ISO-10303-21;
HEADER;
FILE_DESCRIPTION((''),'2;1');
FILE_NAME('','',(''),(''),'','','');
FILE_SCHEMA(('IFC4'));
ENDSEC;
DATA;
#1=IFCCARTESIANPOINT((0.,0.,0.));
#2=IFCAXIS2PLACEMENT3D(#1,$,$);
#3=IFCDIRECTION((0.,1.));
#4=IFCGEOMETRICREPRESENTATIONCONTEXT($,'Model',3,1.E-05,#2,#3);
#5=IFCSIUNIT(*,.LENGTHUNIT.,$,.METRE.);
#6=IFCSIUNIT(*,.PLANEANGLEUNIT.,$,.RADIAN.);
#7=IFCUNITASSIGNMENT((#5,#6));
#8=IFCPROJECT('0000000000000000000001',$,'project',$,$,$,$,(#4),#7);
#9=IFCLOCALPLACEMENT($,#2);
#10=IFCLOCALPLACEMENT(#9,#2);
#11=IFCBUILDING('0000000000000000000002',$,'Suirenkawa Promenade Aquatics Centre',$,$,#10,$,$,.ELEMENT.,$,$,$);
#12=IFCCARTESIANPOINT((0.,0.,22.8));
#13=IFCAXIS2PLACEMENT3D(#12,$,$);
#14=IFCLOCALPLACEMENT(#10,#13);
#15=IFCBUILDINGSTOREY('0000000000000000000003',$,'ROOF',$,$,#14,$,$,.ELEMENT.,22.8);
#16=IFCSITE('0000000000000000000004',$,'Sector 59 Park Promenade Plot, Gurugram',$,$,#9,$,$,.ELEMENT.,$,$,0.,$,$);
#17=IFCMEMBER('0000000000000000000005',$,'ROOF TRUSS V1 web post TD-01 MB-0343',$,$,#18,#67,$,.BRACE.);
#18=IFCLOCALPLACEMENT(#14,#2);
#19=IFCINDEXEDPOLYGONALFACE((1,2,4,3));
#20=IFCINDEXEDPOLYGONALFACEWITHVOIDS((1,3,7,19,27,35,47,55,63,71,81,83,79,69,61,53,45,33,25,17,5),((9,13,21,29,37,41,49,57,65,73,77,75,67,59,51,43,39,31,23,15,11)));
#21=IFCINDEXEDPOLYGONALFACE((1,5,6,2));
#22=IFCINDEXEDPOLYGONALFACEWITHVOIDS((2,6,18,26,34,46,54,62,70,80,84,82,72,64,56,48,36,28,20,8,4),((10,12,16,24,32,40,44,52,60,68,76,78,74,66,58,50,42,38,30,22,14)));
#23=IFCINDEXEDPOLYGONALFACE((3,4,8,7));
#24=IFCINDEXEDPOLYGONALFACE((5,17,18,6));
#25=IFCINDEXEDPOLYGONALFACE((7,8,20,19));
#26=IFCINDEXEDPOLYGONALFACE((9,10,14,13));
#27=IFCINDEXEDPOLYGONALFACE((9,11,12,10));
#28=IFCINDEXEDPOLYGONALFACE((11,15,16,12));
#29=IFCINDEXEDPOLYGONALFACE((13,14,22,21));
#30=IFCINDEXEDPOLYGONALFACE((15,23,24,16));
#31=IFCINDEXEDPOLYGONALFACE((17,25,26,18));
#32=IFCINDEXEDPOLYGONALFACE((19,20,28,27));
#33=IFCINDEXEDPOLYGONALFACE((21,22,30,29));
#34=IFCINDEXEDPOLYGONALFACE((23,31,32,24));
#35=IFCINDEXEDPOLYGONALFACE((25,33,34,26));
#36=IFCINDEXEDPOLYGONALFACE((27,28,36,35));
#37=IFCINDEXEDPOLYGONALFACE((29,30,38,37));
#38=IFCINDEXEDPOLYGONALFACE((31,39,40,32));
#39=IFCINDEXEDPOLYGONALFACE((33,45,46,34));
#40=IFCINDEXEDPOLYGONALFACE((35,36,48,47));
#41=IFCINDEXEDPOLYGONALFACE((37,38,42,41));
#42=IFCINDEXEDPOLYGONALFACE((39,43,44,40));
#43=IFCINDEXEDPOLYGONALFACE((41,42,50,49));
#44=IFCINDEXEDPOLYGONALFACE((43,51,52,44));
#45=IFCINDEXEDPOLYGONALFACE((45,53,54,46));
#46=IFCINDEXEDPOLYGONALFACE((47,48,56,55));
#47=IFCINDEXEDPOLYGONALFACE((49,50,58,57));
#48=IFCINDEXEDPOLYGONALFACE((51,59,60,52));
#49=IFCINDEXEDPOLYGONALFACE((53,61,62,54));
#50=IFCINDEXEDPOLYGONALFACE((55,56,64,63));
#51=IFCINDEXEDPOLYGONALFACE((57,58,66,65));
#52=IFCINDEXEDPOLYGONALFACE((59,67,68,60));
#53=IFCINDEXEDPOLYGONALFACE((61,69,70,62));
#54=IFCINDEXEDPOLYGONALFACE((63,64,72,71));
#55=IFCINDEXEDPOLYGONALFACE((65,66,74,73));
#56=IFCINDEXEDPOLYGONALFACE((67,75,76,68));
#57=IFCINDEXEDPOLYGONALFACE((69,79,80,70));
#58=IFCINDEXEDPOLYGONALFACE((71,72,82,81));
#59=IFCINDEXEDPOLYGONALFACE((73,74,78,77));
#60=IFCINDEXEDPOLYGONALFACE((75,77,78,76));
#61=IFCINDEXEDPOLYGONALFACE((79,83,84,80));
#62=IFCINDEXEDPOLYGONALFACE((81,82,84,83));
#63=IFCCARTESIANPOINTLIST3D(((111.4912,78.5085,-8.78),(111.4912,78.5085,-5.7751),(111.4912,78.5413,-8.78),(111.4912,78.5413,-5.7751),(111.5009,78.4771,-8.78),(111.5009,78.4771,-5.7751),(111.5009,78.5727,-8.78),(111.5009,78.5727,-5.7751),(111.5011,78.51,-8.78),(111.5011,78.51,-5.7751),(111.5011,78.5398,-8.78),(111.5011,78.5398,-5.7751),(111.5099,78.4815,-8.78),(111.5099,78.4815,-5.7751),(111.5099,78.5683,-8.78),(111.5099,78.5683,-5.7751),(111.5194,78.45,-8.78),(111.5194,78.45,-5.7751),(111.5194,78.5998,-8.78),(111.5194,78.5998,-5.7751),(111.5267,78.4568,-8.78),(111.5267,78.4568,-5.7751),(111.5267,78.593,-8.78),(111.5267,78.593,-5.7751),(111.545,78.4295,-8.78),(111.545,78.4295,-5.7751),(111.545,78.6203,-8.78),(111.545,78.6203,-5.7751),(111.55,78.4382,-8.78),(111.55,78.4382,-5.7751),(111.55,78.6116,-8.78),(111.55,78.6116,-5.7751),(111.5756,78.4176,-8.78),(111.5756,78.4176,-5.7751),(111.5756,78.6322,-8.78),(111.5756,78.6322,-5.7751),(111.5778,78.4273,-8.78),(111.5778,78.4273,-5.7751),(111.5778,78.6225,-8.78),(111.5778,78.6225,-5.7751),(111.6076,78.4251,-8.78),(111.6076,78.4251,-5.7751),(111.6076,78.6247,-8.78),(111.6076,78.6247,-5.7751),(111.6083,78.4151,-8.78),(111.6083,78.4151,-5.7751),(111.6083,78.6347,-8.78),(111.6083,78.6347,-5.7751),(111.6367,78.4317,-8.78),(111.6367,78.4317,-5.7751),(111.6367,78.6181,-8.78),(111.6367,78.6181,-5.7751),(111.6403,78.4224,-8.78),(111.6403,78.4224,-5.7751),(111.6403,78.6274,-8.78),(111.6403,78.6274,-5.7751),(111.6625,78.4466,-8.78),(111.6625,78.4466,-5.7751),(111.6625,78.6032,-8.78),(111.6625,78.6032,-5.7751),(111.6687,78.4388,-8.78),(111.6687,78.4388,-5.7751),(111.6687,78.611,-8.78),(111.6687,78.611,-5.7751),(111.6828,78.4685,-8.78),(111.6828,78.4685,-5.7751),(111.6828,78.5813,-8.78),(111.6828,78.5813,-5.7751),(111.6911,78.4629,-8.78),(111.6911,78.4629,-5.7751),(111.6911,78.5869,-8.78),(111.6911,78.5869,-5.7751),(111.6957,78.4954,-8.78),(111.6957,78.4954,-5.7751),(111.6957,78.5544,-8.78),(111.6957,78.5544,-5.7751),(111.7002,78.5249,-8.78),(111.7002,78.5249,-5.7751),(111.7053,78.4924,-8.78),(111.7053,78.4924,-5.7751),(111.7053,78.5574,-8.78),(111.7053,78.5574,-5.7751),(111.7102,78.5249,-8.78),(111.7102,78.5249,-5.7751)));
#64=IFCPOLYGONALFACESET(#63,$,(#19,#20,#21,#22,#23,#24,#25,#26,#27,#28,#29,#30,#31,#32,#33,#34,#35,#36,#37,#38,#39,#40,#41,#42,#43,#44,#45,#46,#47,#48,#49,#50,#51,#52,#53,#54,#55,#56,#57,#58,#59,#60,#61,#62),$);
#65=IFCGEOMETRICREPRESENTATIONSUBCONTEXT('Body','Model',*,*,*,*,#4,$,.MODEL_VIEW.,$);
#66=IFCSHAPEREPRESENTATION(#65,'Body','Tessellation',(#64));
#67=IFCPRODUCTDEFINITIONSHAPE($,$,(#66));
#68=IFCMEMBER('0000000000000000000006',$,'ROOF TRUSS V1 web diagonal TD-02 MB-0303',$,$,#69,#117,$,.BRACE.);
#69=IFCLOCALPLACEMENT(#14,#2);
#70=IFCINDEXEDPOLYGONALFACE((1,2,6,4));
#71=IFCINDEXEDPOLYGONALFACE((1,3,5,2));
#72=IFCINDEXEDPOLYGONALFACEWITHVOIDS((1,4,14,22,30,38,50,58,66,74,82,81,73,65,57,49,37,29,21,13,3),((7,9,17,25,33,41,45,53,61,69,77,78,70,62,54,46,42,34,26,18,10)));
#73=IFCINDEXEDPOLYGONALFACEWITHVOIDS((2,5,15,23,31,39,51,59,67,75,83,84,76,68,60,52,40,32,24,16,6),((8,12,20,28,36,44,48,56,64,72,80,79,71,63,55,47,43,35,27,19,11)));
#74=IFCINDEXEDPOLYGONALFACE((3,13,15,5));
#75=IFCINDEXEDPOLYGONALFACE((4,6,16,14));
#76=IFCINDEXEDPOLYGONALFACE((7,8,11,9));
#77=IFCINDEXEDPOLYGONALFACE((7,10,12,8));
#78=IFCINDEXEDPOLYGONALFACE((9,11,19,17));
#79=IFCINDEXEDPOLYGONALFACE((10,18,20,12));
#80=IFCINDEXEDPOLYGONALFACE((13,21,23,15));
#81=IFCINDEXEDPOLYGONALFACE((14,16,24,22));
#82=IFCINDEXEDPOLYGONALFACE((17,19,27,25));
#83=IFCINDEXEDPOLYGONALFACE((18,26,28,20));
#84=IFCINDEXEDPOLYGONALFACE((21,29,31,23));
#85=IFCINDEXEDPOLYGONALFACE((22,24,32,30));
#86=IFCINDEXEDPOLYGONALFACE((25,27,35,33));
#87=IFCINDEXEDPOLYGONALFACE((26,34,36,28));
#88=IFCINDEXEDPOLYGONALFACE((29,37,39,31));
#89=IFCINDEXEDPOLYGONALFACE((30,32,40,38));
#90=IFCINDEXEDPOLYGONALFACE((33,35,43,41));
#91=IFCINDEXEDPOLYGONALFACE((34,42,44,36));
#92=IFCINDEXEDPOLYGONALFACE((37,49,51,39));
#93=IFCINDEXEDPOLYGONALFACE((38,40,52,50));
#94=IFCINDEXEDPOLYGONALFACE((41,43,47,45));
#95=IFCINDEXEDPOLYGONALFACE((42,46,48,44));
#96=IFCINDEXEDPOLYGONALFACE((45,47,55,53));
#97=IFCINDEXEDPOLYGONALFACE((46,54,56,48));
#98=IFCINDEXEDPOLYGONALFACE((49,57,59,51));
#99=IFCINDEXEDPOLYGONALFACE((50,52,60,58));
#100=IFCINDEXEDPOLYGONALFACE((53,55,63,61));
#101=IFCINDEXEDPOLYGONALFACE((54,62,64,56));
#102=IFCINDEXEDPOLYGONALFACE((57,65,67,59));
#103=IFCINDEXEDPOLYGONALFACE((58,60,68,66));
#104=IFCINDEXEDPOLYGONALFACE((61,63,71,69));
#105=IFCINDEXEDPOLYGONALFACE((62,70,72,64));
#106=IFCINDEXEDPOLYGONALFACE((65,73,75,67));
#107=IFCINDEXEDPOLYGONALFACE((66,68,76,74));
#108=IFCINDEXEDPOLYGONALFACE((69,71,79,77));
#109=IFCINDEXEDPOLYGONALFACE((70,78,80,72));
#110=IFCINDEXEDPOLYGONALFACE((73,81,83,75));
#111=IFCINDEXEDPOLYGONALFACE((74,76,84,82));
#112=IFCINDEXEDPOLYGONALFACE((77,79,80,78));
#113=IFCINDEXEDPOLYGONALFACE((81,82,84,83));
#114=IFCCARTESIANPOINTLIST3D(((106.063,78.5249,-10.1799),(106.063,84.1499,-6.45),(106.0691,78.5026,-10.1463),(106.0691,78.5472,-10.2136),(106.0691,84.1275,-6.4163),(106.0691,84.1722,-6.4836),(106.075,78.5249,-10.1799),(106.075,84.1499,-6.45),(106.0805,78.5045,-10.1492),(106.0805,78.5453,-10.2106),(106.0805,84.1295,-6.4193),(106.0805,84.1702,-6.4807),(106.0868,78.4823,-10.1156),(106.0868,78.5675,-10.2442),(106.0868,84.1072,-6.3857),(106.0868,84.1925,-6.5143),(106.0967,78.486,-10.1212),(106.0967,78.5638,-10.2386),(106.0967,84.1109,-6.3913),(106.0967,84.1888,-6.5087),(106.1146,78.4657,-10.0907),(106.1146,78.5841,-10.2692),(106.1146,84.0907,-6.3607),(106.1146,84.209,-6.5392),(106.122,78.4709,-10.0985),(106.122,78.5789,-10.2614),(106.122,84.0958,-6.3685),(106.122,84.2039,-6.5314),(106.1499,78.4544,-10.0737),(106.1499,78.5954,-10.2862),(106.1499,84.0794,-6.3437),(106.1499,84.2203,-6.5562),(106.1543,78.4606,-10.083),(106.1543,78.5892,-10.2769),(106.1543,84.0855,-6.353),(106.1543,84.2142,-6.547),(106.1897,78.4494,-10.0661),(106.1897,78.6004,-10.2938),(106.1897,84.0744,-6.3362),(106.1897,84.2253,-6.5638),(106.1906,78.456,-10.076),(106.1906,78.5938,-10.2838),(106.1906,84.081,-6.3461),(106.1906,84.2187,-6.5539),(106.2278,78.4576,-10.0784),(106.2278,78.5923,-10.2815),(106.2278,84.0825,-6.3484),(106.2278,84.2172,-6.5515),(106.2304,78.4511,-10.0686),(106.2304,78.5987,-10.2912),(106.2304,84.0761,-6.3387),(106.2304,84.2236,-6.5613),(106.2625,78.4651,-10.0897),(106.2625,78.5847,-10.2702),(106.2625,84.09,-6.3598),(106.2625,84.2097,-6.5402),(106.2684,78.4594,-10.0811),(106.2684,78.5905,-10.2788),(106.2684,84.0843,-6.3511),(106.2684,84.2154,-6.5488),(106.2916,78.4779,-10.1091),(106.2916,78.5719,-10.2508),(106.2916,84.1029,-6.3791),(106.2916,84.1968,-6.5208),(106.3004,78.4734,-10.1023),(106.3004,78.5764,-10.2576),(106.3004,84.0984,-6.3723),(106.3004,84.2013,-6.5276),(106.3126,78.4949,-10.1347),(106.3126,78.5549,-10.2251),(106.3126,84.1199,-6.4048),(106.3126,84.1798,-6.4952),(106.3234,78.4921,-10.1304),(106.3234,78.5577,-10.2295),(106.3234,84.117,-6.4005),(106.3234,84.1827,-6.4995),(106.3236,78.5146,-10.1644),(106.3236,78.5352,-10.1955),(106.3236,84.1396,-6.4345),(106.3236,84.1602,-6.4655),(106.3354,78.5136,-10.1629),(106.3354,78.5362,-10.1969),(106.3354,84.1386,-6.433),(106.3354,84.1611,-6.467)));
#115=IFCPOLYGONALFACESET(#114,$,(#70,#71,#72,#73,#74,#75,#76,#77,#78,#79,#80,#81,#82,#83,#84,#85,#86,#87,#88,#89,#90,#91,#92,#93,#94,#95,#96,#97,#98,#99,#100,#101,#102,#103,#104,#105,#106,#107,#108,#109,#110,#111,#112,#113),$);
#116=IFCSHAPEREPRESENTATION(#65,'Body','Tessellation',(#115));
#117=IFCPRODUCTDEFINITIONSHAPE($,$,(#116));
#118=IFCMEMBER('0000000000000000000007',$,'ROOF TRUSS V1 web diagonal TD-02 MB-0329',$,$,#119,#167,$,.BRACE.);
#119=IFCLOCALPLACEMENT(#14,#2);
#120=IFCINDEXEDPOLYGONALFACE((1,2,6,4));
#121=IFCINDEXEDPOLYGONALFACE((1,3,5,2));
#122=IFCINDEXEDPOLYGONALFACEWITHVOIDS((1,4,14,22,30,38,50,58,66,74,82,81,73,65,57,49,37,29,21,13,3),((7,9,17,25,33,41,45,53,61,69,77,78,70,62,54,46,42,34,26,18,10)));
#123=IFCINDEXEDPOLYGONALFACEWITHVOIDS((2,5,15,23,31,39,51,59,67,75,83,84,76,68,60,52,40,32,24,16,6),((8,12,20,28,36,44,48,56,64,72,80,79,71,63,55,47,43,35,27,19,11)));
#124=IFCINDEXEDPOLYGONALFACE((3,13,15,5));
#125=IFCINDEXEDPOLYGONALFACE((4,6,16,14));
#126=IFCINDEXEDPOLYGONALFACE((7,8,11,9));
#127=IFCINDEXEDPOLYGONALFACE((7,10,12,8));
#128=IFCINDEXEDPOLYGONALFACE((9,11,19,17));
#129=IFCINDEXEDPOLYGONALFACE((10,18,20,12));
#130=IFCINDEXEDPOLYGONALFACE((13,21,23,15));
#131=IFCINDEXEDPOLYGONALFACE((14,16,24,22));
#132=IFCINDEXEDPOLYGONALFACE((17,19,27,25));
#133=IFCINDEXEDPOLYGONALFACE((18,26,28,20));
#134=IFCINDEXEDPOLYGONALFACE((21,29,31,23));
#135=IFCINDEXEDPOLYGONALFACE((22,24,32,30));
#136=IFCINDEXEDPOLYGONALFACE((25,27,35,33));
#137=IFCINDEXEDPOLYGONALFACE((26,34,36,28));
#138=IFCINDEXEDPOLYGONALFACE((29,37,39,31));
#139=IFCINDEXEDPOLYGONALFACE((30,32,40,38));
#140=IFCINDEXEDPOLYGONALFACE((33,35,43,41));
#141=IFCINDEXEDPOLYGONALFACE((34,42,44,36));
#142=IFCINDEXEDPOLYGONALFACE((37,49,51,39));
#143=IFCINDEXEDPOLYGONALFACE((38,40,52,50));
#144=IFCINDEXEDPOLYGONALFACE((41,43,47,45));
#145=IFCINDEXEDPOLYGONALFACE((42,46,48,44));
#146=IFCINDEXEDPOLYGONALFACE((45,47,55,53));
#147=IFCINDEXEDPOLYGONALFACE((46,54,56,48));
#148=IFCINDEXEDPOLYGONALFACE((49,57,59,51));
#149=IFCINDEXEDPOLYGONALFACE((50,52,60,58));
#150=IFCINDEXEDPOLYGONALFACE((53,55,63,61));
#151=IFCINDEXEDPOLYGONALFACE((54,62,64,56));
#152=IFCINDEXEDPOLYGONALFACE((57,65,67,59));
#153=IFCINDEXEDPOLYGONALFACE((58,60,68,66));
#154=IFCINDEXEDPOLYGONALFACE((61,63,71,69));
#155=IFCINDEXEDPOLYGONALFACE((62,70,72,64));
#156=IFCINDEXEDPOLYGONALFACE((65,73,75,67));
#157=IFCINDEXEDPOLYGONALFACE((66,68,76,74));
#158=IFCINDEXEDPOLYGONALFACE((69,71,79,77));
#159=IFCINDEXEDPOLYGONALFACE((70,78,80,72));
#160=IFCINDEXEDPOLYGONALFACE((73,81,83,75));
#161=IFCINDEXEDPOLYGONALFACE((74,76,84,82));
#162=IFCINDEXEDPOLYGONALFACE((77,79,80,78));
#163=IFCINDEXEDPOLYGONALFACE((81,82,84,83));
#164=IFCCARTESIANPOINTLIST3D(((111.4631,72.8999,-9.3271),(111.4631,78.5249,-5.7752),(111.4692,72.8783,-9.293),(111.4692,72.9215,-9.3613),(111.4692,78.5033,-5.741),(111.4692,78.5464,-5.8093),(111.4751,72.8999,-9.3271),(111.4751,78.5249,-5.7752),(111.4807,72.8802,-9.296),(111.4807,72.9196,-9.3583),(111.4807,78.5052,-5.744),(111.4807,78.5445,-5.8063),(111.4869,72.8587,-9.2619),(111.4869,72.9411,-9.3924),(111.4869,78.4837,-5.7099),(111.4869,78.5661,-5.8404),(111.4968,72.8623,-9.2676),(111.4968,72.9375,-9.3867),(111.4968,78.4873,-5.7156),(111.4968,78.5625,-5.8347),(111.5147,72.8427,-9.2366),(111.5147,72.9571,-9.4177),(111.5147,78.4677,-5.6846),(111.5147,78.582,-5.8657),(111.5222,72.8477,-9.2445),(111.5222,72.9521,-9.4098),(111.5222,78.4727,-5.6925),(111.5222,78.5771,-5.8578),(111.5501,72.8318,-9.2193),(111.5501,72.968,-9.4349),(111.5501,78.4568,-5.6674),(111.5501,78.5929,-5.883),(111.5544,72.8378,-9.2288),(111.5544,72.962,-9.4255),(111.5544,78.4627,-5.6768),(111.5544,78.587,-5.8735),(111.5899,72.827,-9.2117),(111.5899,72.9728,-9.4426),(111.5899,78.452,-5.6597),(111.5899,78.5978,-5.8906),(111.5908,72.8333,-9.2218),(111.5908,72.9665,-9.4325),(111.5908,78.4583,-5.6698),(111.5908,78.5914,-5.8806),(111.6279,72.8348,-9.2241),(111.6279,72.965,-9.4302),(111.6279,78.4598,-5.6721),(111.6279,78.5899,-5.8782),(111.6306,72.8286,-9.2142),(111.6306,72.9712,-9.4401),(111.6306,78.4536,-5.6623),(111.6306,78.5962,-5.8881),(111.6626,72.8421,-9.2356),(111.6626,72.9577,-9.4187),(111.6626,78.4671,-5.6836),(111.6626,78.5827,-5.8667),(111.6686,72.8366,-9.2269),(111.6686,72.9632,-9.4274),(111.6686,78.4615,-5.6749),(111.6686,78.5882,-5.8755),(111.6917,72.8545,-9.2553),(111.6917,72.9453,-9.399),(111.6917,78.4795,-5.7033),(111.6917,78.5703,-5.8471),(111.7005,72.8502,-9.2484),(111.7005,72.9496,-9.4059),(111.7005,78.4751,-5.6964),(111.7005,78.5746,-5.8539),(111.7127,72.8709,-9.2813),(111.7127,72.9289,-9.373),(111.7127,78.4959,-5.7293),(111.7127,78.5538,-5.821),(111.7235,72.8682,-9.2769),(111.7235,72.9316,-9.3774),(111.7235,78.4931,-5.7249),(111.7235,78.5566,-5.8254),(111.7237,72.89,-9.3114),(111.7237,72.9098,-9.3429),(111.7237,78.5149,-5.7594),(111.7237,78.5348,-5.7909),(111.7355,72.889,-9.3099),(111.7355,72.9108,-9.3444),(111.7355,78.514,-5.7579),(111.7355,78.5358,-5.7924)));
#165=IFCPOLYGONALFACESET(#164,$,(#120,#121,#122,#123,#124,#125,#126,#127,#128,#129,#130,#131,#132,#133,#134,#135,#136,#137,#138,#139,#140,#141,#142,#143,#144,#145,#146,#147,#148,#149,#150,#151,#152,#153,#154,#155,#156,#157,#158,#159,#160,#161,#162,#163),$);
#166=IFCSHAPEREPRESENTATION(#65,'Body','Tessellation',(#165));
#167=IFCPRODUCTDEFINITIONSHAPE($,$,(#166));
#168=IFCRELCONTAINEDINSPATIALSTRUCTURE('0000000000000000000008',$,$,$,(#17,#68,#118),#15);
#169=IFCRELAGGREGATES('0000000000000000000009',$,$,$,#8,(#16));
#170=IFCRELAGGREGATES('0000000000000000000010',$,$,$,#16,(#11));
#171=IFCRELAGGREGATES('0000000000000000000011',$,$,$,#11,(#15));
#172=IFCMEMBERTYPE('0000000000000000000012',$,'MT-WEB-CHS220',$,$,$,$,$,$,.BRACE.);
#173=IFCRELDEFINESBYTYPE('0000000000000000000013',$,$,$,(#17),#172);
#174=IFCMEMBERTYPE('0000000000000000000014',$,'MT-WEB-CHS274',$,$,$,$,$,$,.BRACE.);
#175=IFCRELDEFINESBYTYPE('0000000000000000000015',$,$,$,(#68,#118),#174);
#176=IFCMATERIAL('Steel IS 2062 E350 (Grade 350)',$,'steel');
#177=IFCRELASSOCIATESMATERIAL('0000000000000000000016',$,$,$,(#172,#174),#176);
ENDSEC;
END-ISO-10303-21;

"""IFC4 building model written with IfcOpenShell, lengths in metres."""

from ifc_helpers import new_model, si_unit, direction, frame, origin, origin_2d, place, context, subcontext, project, spatial, hollow_circle, extrude, material, material_profile, profile_set, type_object, element, save


model = new_model("IFC4")

# Units and contexts
model_context = context("Model", 3, precision=1e-05, world=origin(), true_north=direction((0.0, 1.0)))
body_context = subcontext(model_context, "Body", "Model", "MODEL_VIEW")
ifc_project = project(units=[si_unit("LENGTHUNIT", "METRE"), si_unit("PLANEANGLEUNIT", "RADIAN")], contexts=[model_context])

# Site, building, storey
site_placement = place(None, origin())
site = spatial("IfcSite", under=ifc_project, at=site_placement, Name="Sector 59 Park Promenade Plot, Gurugram", CompositionType="ELEMENT", RefElevation=0.0)
building_placement = place(site_placement, origin())
building = spatial("IfcBuilding", under=site, at=building_placement, Name="Suirenkawa Promenade Aquatics Centre", CompositionType="ELEMENT")
storey_placement = place(building_placement, frame((0.0, 0.0, 22.8)))
storey = spatial("IfcBuildingStorey", under=building, at=storey_placement, Name="ROOF", CompositionType="ELEMENT", Elevation=22.8)

# Shared definitions
ifc_material = material(Name="Steel IS 2062 E350 (Grade 350)", Category="steel")

# Members
ifc_material_profile_1 = material_profile(ifc_material, hollow_circle(Radius=0.1101, WallThickness=0.01, at=origin_2d()), Name="CHS 220x10", Category="steel")
ifc_profile_set_1 = profile_set([ifc_material_profile_1], Name="Steel IS 2062 E350 (Grade 350)")
member_type_1 = type_object("IfcMemberType", Name="MT-WEB-CHS220", PredefinedType="BRACE", material=ifc_profile_set_1)
member_1_placement = place(storey_placement, frame((111.6001, 78.5249, -8.78), z_axis=(0.0, 0.0, 1.0), x_axis=(1.0, 0.0, 0.0)))
element("IfcMember", 1, at=member_1_placement, inside=storey, type_object=member_type_1, Name="ROOF TRUSS V1 web post TD-01 MB-0343", PredefinedType="BRACE", context=body_context, shape_type="SweptSolid", body=[
    extrude(hollow_circle(Radius=0.1101, WallThickness=0.01, at=origin_2d()), origin(), (0.0, 0.0, 1.0), 3.0049),
])
ifc_material_profile_2 = material_profile(ifc_material, hollow_circle(Radius=0.137, WallThickness=0.012, at=origin_2d()), Name="CHS 274x12", Category="steel")
ifc_profile_set_2 = profile_set([ifc_material_profile_2], Name="Steel IS 2062 E350 (Grade 350)")
member_type_2 = type_object("IfcMemberType", Name="MT-WEB-CHS274", PredefinedType="BRACE", material=ifc_profile_set_2)
member_2_placement = place(storey_placement, frame((106.2, 78.5249, -10.1799), z_axis=(0.0, 0.833417, 0.552645), x_axis=(-1.0, 0.0, 0.0)))
element("IfcMember", 2, at=member_2_placement, inside=storey, type_object=member_type_2, Name="ROOF TRUSS V1 web diagonal TD-02 MB-0303", PredefinedType="BRACE", context=body_context, shape_type="SweptSolid", body=[
    extrude(hollow_circle(Radius=0.137, WallThickness=0.012, at=origin_2d()), origin(), (0.0, 0.0, 1.0), 6.7493),
])
member_3_placement = place(storey_placement, frame((111.6001, 72.8999, -9.3271), z_axis=(0.0, 0.845532, 0.533925), x_axis=(-1.0, 0.0, 0.0)))
element("IfcMember", 3, at=member_3_placement, inside=storey, type_object=member_type_2, Name="ROOF TRUSS V1 web diagonal TD-02 MB-0329", PredefinedType="BRACE", context=body_context, shape_type="SweptSolid", body=[
    extrude(hollow_circle(Radius=0.137, WallThickness=0.012, at=origin_2d()), origin(), (0.0, 0.0, 1.0), 6.6526),
])

save(model, "model.ifc")
